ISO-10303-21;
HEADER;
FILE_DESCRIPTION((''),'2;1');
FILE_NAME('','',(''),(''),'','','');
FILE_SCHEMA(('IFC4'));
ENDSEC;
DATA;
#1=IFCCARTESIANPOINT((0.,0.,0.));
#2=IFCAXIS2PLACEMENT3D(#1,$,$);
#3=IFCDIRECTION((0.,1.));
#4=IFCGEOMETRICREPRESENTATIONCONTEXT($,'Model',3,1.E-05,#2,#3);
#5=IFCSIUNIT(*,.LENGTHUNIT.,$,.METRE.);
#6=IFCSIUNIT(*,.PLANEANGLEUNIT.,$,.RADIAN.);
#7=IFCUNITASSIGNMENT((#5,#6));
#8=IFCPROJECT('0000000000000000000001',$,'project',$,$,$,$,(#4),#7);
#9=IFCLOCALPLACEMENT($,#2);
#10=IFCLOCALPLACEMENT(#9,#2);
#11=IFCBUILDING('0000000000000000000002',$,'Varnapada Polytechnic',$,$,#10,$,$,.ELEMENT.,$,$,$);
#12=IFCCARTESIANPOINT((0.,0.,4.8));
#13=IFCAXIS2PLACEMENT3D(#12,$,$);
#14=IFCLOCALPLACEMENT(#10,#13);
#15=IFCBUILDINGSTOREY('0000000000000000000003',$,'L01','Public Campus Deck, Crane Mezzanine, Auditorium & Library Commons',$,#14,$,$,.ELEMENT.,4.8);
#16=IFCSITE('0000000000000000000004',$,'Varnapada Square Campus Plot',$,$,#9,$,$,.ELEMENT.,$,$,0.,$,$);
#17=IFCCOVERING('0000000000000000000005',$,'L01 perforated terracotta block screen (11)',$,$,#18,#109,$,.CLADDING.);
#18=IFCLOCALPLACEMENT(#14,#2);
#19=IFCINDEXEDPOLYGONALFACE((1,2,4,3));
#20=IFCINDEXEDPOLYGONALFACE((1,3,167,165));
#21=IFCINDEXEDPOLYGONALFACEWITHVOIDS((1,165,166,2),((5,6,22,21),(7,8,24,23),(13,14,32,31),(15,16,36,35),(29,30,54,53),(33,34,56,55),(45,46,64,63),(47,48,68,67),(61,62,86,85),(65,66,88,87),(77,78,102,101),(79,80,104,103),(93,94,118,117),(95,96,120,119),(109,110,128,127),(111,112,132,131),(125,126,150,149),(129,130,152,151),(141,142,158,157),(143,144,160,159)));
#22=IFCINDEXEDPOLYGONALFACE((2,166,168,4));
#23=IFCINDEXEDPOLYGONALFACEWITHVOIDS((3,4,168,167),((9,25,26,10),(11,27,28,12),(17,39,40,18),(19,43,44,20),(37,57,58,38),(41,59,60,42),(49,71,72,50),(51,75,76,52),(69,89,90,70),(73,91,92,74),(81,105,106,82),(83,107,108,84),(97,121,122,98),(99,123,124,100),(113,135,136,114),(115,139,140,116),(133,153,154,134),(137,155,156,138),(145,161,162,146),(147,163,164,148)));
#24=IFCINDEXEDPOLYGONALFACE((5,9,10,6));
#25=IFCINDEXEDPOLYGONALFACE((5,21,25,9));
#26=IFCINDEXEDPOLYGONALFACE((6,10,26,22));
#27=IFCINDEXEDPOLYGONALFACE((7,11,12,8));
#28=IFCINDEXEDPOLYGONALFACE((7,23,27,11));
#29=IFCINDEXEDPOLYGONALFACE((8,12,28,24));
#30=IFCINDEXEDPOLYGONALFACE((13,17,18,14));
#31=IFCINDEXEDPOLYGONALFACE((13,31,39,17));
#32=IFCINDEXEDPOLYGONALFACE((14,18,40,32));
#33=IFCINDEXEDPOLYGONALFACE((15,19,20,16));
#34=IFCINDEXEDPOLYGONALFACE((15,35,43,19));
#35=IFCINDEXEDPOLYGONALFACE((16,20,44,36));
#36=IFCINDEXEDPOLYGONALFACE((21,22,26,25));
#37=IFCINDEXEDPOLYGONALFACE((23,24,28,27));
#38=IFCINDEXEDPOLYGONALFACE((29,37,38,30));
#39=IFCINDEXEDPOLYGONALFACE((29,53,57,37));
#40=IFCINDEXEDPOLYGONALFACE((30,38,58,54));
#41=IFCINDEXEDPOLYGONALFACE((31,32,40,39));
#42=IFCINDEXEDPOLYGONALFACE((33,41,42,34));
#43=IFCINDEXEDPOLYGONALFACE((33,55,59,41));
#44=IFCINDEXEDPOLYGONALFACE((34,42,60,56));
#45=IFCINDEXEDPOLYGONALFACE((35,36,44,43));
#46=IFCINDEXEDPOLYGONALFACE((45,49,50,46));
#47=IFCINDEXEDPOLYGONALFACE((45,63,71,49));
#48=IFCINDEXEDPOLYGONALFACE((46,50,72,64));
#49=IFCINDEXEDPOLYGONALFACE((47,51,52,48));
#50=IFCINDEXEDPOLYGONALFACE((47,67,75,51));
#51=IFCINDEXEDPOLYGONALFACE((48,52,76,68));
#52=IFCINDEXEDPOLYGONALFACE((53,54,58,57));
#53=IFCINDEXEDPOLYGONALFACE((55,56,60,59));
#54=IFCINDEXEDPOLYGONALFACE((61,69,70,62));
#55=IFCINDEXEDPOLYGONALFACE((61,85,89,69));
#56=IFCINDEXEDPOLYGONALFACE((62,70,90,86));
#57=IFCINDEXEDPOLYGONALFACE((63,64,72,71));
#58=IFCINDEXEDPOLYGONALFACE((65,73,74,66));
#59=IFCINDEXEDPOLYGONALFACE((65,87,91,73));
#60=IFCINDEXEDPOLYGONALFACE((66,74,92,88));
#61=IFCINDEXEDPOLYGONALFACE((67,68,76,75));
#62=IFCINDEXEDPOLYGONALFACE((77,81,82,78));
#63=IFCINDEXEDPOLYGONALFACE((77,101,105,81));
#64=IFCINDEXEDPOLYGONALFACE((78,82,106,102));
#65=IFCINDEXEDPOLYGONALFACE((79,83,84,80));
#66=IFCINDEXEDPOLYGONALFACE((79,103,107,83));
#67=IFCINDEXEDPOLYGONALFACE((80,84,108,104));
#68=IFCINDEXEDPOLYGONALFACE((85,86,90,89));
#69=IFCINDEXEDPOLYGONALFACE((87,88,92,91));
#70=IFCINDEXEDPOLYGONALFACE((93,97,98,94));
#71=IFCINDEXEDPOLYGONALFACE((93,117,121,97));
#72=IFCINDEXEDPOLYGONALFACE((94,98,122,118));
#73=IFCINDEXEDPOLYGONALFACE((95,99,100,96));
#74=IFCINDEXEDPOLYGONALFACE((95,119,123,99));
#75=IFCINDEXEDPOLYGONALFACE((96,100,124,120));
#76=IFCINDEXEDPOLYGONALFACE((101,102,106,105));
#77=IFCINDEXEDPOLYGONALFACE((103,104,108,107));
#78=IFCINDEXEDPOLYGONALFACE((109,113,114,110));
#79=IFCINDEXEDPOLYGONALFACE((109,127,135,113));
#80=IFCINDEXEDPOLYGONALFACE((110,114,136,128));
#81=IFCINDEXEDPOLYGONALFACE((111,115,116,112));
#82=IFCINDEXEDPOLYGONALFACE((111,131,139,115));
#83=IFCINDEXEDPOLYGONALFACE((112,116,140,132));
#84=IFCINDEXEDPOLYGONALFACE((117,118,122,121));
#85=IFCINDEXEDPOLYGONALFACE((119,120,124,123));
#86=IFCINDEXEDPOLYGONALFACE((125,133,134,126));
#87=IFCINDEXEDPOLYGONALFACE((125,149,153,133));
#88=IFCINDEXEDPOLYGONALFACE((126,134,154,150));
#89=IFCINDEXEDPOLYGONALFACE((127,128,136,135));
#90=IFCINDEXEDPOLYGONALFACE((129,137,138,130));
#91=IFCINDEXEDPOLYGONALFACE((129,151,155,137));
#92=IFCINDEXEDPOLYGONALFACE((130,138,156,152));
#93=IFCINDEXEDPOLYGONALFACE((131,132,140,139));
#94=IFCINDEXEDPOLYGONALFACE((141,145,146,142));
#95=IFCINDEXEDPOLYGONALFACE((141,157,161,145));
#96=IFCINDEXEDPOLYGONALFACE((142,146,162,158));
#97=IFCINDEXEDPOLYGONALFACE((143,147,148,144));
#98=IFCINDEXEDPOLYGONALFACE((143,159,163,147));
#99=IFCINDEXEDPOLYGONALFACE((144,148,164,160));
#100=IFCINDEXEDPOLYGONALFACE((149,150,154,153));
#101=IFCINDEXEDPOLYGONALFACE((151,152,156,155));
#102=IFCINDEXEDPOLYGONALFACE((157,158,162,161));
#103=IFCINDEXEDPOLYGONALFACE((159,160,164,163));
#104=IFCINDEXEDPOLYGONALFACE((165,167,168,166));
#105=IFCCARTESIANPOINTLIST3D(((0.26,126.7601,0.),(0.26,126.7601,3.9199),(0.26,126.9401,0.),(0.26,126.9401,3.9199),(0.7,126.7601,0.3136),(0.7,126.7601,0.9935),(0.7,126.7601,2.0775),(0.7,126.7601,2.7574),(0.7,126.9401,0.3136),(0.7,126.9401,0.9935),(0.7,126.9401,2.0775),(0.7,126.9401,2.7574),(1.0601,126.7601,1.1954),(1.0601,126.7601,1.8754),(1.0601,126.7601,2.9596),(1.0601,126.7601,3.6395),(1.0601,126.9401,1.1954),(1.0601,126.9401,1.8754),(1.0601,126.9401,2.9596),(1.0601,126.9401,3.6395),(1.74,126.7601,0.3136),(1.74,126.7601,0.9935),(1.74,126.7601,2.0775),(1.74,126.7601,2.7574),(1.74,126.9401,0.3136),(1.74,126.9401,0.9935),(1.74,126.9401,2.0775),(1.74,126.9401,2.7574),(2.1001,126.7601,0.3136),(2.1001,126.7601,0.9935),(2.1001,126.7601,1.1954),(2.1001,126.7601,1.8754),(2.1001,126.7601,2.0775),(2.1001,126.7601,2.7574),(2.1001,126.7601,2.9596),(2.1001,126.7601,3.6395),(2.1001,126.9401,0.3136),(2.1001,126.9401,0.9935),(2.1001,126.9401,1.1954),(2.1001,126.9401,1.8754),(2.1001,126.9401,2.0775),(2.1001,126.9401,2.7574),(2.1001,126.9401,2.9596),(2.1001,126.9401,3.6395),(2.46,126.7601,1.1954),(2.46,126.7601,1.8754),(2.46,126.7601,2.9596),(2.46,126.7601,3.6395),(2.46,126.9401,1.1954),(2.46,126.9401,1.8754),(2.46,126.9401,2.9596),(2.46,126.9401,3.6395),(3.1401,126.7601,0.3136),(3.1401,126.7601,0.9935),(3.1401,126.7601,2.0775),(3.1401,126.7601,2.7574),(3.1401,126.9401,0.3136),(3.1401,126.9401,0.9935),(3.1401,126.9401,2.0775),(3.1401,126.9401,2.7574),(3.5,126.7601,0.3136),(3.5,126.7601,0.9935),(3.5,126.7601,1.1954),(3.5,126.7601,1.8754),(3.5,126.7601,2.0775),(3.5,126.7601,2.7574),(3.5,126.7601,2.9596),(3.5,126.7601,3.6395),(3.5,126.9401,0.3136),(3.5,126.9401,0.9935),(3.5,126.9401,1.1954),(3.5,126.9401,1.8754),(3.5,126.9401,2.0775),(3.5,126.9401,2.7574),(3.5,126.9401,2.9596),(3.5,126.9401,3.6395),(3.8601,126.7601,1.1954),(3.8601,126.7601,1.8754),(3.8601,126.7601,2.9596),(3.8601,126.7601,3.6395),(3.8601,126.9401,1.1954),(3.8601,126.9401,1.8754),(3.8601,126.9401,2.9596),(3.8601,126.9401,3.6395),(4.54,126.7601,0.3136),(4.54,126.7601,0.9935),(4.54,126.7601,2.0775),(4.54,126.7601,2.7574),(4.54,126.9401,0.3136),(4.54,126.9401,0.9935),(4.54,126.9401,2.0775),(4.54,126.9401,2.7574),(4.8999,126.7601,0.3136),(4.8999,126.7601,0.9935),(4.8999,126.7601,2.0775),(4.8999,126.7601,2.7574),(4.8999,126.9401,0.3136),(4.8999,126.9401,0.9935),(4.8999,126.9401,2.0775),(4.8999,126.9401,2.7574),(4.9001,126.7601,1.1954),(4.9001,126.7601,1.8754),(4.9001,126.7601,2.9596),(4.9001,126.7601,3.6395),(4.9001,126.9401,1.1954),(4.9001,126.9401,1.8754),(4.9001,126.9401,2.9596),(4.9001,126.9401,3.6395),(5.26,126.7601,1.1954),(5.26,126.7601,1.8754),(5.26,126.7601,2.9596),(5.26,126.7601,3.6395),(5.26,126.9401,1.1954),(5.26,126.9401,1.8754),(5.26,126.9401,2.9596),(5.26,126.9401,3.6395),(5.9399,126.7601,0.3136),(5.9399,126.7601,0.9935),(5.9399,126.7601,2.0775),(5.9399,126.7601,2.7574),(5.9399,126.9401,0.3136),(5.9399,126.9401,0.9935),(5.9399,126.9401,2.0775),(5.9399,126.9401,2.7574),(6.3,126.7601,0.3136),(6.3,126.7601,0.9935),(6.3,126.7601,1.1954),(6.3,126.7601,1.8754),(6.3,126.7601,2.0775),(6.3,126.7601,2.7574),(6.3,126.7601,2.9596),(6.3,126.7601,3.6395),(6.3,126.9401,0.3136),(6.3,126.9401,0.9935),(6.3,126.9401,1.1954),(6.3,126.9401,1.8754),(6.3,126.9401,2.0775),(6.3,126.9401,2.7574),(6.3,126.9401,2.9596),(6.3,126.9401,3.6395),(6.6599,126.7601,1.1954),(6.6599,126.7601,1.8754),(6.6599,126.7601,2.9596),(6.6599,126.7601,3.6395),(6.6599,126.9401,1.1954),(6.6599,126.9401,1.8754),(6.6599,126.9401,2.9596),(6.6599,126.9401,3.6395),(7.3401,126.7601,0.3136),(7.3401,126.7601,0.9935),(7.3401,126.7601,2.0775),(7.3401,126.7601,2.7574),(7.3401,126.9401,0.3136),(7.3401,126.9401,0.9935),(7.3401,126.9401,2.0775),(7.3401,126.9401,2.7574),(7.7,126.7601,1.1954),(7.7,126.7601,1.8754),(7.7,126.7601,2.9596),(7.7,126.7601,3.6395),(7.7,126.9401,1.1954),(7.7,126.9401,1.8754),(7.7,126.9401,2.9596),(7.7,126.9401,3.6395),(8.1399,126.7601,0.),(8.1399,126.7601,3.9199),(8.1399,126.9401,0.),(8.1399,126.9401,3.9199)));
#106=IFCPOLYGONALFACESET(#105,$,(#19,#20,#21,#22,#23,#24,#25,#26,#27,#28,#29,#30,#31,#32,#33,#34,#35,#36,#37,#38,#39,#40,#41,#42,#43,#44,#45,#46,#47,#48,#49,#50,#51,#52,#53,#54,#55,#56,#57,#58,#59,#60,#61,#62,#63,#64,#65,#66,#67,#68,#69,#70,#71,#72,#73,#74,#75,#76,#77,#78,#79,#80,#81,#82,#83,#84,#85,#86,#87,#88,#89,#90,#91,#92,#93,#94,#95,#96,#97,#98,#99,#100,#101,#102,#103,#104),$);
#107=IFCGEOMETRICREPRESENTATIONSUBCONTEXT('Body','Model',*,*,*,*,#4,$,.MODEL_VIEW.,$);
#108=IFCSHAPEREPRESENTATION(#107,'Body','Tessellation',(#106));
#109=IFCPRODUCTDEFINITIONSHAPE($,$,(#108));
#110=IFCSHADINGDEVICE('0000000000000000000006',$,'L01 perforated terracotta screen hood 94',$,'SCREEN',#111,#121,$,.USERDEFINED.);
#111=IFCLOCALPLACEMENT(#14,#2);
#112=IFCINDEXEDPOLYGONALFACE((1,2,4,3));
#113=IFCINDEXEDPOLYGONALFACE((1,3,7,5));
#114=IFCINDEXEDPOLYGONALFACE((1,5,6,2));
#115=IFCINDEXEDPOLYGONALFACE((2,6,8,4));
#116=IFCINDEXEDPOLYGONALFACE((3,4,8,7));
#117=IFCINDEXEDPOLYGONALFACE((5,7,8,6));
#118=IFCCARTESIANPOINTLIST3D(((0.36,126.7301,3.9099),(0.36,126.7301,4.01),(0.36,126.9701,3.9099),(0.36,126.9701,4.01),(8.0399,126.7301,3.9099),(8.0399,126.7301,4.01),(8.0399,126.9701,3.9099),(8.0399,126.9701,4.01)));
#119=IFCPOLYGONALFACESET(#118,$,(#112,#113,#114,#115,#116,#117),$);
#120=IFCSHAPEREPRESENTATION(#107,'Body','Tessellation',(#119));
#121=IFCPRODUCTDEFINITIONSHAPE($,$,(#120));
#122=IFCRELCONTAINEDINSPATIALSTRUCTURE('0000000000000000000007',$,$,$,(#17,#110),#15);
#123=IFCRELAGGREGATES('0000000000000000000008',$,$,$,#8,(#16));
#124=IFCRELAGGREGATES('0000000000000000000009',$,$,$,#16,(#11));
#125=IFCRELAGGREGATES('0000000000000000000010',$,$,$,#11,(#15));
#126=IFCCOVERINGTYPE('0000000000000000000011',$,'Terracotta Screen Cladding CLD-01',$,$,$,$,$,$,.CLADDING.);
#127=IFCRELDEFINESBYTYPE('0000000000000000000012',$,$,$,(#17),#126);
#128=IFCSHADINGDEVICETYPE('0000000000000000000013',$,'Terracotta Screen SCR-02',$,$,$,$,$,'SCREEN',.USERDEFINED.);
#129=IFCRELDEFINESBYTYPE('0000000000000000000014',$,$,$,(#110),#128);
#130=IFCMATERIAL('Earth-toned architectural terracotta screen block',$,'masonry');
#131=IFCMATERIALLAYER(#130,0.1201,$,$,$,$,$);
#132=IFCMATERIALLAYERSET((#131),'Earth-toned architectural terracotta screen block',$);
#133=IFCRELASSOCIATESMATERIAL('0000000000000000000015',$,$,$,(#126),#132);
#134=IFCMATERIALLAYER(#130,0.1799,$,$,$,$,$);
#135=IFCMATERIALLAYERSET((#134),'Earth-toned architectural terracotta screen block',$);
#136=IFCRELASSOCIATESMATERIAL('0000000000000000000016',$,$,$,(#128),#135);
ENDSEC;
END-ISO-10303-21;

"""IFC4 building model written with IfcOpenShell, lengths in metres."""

from ifc_helpers import new_model, si_unit, direction, frame, frame_2d, origin, origin_2d, place, context, subcontext, project, spatial, rectangle, extrude, material, layer, layer_set, type_object, element, save


model = new_model("IFC4")

# Units and contexts
model_context = context("Model", 3, precision=1e-05, world=origin(), true_north=direction((0.0, 1.0)))
body_context = subcontext(model_context, "Body", "Model", "MODEL_VIEW")
ifc_project = project(units=[si_unit("LENGTHUNIT", "METRE"), si_unit("PLANEANGLEUNIT", "RADIAN")], contexts=[model_context])

# Site, building, storey
site_placement = place(None, origin())
site = spatial("IfcSite", under=ifc_project, at=site_placement, Name="Varnapada Square Campus Plot", CompositionType="ELEMENT", RefElevation=0.0)
building_placement = place(site_placement, origin())
building = spatial("IfcBuilding", under=site, at=building_placement, Name="Varnapada Polytechnic", CompositionType="ELEMENT")
storey_placement = place(building_placement, frame((0.0, 0.0, 4.8)))
storey = spatial("IfcBuildingStorey", under=building, at=storey_placement, Name="L01", Description="Public Campus Deck, Crane Mezzanine, Auditorium & Library Commons", CompositionType="ELEMENT", Elevation=4.8)

# Covering, openings
ifc_material_1 = material(Name="Earth-toned architectural terracotta screen block", Category="masonry")
ifc_layer_1 = layer(ifc_material_1, 0.1201)
ifc_layer_set_1 = layer_set([ifc_layer_1], Name="Earth-toned architectural terracotta screen block")
covering_type = type_object("IfcCoveringType", Name="Terracotta Screen Cladding CLD-01", PredefinedType="CLADDING", material=ifc_layer_set_1)
covering_placement = place(storey_placement, frame((0.26, 126.8501, 0.0), z_axis=(0.0, 0.0, 1.0), x_axis=(1.0, 0.0, 0.0)))
covering = element("IfcCovering", 1, at=covering_placement, inside=storey, type_object=covering_type, Name="L01 perforated terracotta block screen (11)", PredefinedType="CLADDING", context=body_context, shape_type="SweptSolid", body=[
    extrude(rectangle(XDim=7.8799, YDim=0.1799, at=frame_2d((3.9399, 0.0))), origin(), (0.0, 0.0, 1.0), 3.9199),
])
opening_1_placement = place(covering_placement, frame((0.4399, 0.0, 0.3137)))
element("IfcOpeningElement", 2, at=opening_1_placement, cuts=covering, PredefinedType="OPENING", context=body_context, shape_type="SweptSolid", body=[
    extrude(rectangle(XDim=1.04, YDim=0.6799, at=frame_2d((0.52, 0.3398))), frame((0.0, 0.0999, 0.0), z_axis=(0.0, -1.0, 0.0), x_axis=(1.0, 0.0, 0.0)), (0.0, 0.0, 1.0), 0.2),
])
opening_2_placement = place(covering_placement, frame((1.8401, 0.0, 0.3137)))
element("IfcOpeningElement", 3, at=opening_2_placement, cuts=covering, PredefinedType="OPENING", context=body_context, shape_type="SweptSolid", body=[
    extrude(rectangle(XDim=1.04, YDim=0.6799, at=frame_2d((0.52, 0.3398))), frame((0.0, 0.0999, 0.0), z_axis=(0.0, -1.0, 0.0), x_axis=(1.0, 0.0, 0.0)), (0.0, 0.0, 1.0), 0.2),
])
opening_3_placement = place(covering_placement, frame((3.24, 0.0, 0.3137)))
element("IfcOpeningElement", 4, at=opening_3_placement, cuts=covering, PredefinedType="OPENING", context=body_context, shape_type="SweptSolid", body=[
    extrude(rectangle(XDim=1.04, YDim=0.6799, at=frame_2d((0.52, 0.3398))), frame((0.0, 0.0999, 0.0), z_axis=(0.0, -1.0, 0.0), x_axis=(1.0, 0.0, 0.0)), (0.0, 0.0, 1.0), 0.2),
])
opening_4_placement = place(covering_placement, frame((4.6399, 0.0, 0.3137)))
element("IfcOpeningElement", 5, at=opening_4_placement, cuts=covering, PredefinedType="OPENING", context=body_context, shape_type="SweptSolid", body=[
    extrude(rectangle(XDim=1.04, YDim=0.6799, at=frame_2d((0.52, 0.3398))), frame((0.0, 0.0999, 0.0), z_axis=(0.0, -1.0, 0.0), x_axis=(1.0, 0.0, 0.0)), (0.0, 0.0, 1.0), 0.2),
])
opening_5_placement = place(covering_placement, frame((6.04, 0.0, 0.3137)))
element("IfcOpeningElement", 6, at=opening_5_placement, cuts=covering, PredefinedType="OPENING", context=body_context, shape_type="SweptSolid", body=[
    extrude(rectangle(XDim=1.04, YDim=0.6799, at=frame_2d((0.52, 0.3398))), frame((0.0, 0.0999, 0.0), z_axis=(0.0, -1.0, 0.0), x_axis=(1.0, 0.0, 0.0)), (0.0, 0.0, 1.0), 0.2),
])
opening_6_placement = place(covering_placement, frame((0.8, 0.0, 1.1956)))
element("IfcOpeningElement", 7, at=opening_6_placement, cuts=covering, PredefinedType="OPENING", context=body_context, shape_type="SweptSolid", body=[
    extrude(rectangle(XDim=1.04, YDim=0.6799, at=frame_2d((0.52, 0.3398))), frame((0.0, 0.0999, 0.0), z_axis=(0.0, -1.0, 0.0), x_axis=(1.0, 0.0, 0.0)), (0.0, 0.0, 1.0), 0.2),
])
opening_7_placement = place(covering_placement, frame((2.2, 0.0, 1.1956)))
element("IfcOpeningElement", 8, at=opening_7_placement, cuts=covering, PredefinedType="OPENING", context=body_context, shape_type="SweptSolid", body=[
    extrude(rectangle(XDim=1.04, YDim=0.6799, at=frame_2d((0.52, 0.3398))), frame((0.0, 0.0999, 0.0), z_axis=(0.0, -1.0, 0.0), x_axis=(1.0, 0.0, 0.0)), (0.0, 0.0, 1.0), 0.2),
])
opening_8_placement = place(covering_placement, frame((3.6001, 0.0, 1.1956)))
element("IfcOpeningElement", 9, at=opening_8_placement, cuts=covering, PredefinedType="OPENING", context=body_context, shape_type="SweptSolid", body=[
    extrude(rectangle(XDim=1.04, YDim=0.6799, at=frame_2d((0.52, 0.3398))), frame((0.0, 0.0999, 0.0), z_axis=(0.0, -1.0, 0.0), x_axis=(1.0, 0.0, 0.0)), (0.0, 0.0, 1.0), 0.2),
])
opening_9_placement = place(covering_placement, frame((5.0, 0.0, 1.1956)))
element("IfcOpeningElement", 10, at=opening_9_placement, cuts=covering, PredefinedType="OPENING", context=body_context, shape_type="SweptSolid", body=[
    extrude(rectangle(XDim=1.04, YDim=0.6799, at=frame_2d((0.52, 0.3398))), frame((0.0, 0.0999, 0.0), z_axis=(0.0, -1.0, 0.0), x_axis=(1.0, 0.0, 0.0)), (0.0, 0.0, 1.0), 0.2),
])
opening_10_placement = place(covering_placement, frame((6.3999, 0.0, 1.1956)))
element("IfcOpeningElement", 11, at=opening_10_placement, cuts=covering, PredefinedType="OPENING", context=body_context, shape_type="SweptSolid", body=[
    extrude(rectangle(XDim=1.04, YDim=0.6799, at=frame_2d((0.52, 0.3398))), frame((0.0, 0.0999, 0.0), z_axis=(0.0, -1.0, 0.0), x_axis=(1.0, 0.0, 0.0)), (0.0, 0.0, 1.0), 0.2),
])
opening_11_placement = place(covering_placement, frame((0.4399, 0.0, 2.0776)))
element("IfcOpeningElement", 12, at=opening_11_placement, cuts=covering, PredefinedType="OPENING", context=body_context, shape_type="SweptSolid", body=[
    extrude(rectangle(XDim=1.04, YDim=0.6799, at=frame_2d((0.52, 0.3398))), frame((0.0, 0.0999, 0.0), z_axis=(0.0, -1.0, 0.0), x_axis=(1.0, 0.0, 0.0)), (0.0, 0.0, 1.0), 0.2),
])
opening_12_placement = place(covering_placement, frame((1.8401, 0.0, 2.0776)))
element("IfcOpeningElement", 13, at=opening_12_placement, cuts=covering, PredefinedType="OPENING", context=body_context, shape_type="SweptSolid", body=[
    extrude(rectangle(XDim=1.04, YDim=0.6799, at=frame_2d((0.52, 0.3398))), frame((0.0, 0.0999, 0.0), z_axis=(0.0, -1.0, 0.0), x_axis=(1.0, 0.0, 0.0)), (0.0, 0.0, 1.0), 0.2),
])
opening_13_placement = place(covering_placement, frame((3.24, 0.0, 2.0776)))
element("IfcOpeningElement", 14, at=opening_13_placement, cuts=covering, PredefinedType="OPENING", context=body_context, shape_type="SweptSolid", body=[
    extrude(rectangle(XDim=1.04, YDim=0.6799, at=frame_2d((0.52, 0.3398))), frame((0.0, 0.0999, 0.0), z_axis=(0.0, -1.0, 0.0), x_axis=(1.0, 0.0, 0.0)), (0.0, 0.0, 1.0), 0.2),
])
opening_14_placement = place(covering_placement, frame((4.6399, 0.0, 2.0776)))
element("IfcOpeningElement", 15, at=opening_14_placement, cuts=covering, PredefinedType="OPENING", context=body_context, shape_type="SweptSolid", body=[
    extrude(rectangle(XDim=1.04, YDim=0.6799, at=frame_2d((0.52, 0.3398))), frame((0.0, 0.0999, 0.0), z_axis=(0.0, -1.0, 0.0), x_axis=(1.0, 0.0, 0.0)), (0.0, 0.0, 1.0), 0.2),
])
opening_15_placement = place(covering_placement, frame((6.04, 0.0, 2.0776)))
element("IfcOpeningElement", 16, at=opening_15_placement, cuts=covering, PredefinedType="OPENING", context=body_context, shape_type="SweptSolid", body=[
    extrude(rectangle(XDim=1.04, YDim=0.6799, at=frame_2d((0.52, 0.3398))), frame((0.0, 0.0999, 0.0), z_axis=(0.0, -1.0, 0.0), x_axis=(1.0, 0.0, 0.0)), (0.0, 0.0, 1.0), 0.2),
])
opening_16_placement = place(covering_placement, frame((0.8, 0.0, 2.9597)))
element("IfcOpeningElement", 17, at=opening_16_placement, cuts=covering, PredefinedType="OPENING", context=body_context, shape_type="SweptSolid", body=[
    extrude(rectangle(XDim=1.04, YDim=0.6799, at=frame_2d((0.52, 0.3398))), frame((0.0, 0.0999, 0.0), z_axis=(0.0, -1.0, 0.0), x_axis=(1.0, 0.0, 0.0)), (0.0, 0.0, 1.0), 0.2),
])
opening_17_placement = place(covering_placement, frame((2.2, 0.0, 2.9597)))
element("IfcOpeningElement", 18, at=opening_17_placement, cuts=covering, PredefinedType="OPENING", context=body_context, shape_type="SweptSolid", body=[
    extrude(rectangle(XDim=1.04, YDim=0.6799, at=frame_2d((0.52, 0.3398))), frame((0.0, 0.0999, 0.0), z_axis=(0.0, -1.0, 0.0), x_axis=(1.0, 0.0, 0.0)), (0.0, 0.0, 1.0), 0.2),
])
opening_18_placement = place(covering_placement, frame((3.6001, 0.0, 2.9597)))
element("IfcOpeningElement", 19, at=opening_18_placement, cuts=covering, PredefinedType="OPENING", context=body_context, shape_type="SweptSolid", body=[
    extrude(rectangle(XDim=1.04, YDim=0.6799, at=frame_2d((0.52, 0.3398))), frame((0.0, 0.0999, 0.0), z_axis=(0.0, -1.0, 0.0), x_axis=(1.0, 0.0, 0.0)), (0.0, 0.0, 1.0), 0.2),
])
opening_19_placement = place(covering_placement, frame((5.0, 0.0, 2.9597)))
element("IfcOpeningElement", 20, at=opening_19_placement, cuts=covering, PredefinedType="OPENING", context=body_context, shape_type="SweptSolid", body=[
    extrude(rectangle(XDim=1.04, YDim=0.6799, at=frame_2d((0.52, 0.3398))), frame((0.0, 0.0999, 0.0), z_axis=(0.0, -1.0, 0.0), x_axis=(1.0, 0.0, 0.0)), (0.0, 0.0, 1.0), 0.2),
])
opening_20_placement = place(covering_placement, frame((6.3999, 0.0, 2.9597)))
element("IfcOpeningElement", 21, at=opening_20_placement, cuts=covering, PredefinedType="OPENING", context=body_context, shape_type="SweptSolid", body=[
    extrude(rectangle(XDim=1.04, YDim=0.6799, at=frame_2d((0.52, 0.3398))), frame((0.0, 0.0999, 0.0), z_axis=(0.0, -1.0, 0.0), x_axis=(1.0, 0.0, 0.0)), (0.0, 0.0, 1.0), 0.2),
])

# Shading device
ifc_layer_2 = layer(ifc_material_1, 0.1799)
ifc_layer_set_2 = layer_set([ifc_layer_2], Name="Earth-toned architectural terracotta screen block")
shading_device_type = type_object("IfcShadingDeviceType", Name="Terracotta Screen SCR-02", ElementType="SCREEN", PredefinedType="USERDEFINED", material=ifc_layer_set_2)
shading_device_placement = place(storey_placement, frame((4.2, 126.8501, 3.9099), z_axis=(0.0, 0.0, 1.0), x_axis=(1.0, 0.0, 0.0)))
element("IfcShadingDevice", 22, at=shading_device_placement, inside=storey, type_object=shading_device_type, Name="L01 perforated terracotta screen hood 94", ObjectType="SCREEN", PredefinedType="USERDEFINED", context=body_context, shape_type="SweptSolid", body=[
    extrude(rectangle(XDim=7.6799, YDim=0.24, at=origin_2d()), origin(), (0.0, 0.0, 1.0), 0.1001),
])

save(model, "model.ifc")
